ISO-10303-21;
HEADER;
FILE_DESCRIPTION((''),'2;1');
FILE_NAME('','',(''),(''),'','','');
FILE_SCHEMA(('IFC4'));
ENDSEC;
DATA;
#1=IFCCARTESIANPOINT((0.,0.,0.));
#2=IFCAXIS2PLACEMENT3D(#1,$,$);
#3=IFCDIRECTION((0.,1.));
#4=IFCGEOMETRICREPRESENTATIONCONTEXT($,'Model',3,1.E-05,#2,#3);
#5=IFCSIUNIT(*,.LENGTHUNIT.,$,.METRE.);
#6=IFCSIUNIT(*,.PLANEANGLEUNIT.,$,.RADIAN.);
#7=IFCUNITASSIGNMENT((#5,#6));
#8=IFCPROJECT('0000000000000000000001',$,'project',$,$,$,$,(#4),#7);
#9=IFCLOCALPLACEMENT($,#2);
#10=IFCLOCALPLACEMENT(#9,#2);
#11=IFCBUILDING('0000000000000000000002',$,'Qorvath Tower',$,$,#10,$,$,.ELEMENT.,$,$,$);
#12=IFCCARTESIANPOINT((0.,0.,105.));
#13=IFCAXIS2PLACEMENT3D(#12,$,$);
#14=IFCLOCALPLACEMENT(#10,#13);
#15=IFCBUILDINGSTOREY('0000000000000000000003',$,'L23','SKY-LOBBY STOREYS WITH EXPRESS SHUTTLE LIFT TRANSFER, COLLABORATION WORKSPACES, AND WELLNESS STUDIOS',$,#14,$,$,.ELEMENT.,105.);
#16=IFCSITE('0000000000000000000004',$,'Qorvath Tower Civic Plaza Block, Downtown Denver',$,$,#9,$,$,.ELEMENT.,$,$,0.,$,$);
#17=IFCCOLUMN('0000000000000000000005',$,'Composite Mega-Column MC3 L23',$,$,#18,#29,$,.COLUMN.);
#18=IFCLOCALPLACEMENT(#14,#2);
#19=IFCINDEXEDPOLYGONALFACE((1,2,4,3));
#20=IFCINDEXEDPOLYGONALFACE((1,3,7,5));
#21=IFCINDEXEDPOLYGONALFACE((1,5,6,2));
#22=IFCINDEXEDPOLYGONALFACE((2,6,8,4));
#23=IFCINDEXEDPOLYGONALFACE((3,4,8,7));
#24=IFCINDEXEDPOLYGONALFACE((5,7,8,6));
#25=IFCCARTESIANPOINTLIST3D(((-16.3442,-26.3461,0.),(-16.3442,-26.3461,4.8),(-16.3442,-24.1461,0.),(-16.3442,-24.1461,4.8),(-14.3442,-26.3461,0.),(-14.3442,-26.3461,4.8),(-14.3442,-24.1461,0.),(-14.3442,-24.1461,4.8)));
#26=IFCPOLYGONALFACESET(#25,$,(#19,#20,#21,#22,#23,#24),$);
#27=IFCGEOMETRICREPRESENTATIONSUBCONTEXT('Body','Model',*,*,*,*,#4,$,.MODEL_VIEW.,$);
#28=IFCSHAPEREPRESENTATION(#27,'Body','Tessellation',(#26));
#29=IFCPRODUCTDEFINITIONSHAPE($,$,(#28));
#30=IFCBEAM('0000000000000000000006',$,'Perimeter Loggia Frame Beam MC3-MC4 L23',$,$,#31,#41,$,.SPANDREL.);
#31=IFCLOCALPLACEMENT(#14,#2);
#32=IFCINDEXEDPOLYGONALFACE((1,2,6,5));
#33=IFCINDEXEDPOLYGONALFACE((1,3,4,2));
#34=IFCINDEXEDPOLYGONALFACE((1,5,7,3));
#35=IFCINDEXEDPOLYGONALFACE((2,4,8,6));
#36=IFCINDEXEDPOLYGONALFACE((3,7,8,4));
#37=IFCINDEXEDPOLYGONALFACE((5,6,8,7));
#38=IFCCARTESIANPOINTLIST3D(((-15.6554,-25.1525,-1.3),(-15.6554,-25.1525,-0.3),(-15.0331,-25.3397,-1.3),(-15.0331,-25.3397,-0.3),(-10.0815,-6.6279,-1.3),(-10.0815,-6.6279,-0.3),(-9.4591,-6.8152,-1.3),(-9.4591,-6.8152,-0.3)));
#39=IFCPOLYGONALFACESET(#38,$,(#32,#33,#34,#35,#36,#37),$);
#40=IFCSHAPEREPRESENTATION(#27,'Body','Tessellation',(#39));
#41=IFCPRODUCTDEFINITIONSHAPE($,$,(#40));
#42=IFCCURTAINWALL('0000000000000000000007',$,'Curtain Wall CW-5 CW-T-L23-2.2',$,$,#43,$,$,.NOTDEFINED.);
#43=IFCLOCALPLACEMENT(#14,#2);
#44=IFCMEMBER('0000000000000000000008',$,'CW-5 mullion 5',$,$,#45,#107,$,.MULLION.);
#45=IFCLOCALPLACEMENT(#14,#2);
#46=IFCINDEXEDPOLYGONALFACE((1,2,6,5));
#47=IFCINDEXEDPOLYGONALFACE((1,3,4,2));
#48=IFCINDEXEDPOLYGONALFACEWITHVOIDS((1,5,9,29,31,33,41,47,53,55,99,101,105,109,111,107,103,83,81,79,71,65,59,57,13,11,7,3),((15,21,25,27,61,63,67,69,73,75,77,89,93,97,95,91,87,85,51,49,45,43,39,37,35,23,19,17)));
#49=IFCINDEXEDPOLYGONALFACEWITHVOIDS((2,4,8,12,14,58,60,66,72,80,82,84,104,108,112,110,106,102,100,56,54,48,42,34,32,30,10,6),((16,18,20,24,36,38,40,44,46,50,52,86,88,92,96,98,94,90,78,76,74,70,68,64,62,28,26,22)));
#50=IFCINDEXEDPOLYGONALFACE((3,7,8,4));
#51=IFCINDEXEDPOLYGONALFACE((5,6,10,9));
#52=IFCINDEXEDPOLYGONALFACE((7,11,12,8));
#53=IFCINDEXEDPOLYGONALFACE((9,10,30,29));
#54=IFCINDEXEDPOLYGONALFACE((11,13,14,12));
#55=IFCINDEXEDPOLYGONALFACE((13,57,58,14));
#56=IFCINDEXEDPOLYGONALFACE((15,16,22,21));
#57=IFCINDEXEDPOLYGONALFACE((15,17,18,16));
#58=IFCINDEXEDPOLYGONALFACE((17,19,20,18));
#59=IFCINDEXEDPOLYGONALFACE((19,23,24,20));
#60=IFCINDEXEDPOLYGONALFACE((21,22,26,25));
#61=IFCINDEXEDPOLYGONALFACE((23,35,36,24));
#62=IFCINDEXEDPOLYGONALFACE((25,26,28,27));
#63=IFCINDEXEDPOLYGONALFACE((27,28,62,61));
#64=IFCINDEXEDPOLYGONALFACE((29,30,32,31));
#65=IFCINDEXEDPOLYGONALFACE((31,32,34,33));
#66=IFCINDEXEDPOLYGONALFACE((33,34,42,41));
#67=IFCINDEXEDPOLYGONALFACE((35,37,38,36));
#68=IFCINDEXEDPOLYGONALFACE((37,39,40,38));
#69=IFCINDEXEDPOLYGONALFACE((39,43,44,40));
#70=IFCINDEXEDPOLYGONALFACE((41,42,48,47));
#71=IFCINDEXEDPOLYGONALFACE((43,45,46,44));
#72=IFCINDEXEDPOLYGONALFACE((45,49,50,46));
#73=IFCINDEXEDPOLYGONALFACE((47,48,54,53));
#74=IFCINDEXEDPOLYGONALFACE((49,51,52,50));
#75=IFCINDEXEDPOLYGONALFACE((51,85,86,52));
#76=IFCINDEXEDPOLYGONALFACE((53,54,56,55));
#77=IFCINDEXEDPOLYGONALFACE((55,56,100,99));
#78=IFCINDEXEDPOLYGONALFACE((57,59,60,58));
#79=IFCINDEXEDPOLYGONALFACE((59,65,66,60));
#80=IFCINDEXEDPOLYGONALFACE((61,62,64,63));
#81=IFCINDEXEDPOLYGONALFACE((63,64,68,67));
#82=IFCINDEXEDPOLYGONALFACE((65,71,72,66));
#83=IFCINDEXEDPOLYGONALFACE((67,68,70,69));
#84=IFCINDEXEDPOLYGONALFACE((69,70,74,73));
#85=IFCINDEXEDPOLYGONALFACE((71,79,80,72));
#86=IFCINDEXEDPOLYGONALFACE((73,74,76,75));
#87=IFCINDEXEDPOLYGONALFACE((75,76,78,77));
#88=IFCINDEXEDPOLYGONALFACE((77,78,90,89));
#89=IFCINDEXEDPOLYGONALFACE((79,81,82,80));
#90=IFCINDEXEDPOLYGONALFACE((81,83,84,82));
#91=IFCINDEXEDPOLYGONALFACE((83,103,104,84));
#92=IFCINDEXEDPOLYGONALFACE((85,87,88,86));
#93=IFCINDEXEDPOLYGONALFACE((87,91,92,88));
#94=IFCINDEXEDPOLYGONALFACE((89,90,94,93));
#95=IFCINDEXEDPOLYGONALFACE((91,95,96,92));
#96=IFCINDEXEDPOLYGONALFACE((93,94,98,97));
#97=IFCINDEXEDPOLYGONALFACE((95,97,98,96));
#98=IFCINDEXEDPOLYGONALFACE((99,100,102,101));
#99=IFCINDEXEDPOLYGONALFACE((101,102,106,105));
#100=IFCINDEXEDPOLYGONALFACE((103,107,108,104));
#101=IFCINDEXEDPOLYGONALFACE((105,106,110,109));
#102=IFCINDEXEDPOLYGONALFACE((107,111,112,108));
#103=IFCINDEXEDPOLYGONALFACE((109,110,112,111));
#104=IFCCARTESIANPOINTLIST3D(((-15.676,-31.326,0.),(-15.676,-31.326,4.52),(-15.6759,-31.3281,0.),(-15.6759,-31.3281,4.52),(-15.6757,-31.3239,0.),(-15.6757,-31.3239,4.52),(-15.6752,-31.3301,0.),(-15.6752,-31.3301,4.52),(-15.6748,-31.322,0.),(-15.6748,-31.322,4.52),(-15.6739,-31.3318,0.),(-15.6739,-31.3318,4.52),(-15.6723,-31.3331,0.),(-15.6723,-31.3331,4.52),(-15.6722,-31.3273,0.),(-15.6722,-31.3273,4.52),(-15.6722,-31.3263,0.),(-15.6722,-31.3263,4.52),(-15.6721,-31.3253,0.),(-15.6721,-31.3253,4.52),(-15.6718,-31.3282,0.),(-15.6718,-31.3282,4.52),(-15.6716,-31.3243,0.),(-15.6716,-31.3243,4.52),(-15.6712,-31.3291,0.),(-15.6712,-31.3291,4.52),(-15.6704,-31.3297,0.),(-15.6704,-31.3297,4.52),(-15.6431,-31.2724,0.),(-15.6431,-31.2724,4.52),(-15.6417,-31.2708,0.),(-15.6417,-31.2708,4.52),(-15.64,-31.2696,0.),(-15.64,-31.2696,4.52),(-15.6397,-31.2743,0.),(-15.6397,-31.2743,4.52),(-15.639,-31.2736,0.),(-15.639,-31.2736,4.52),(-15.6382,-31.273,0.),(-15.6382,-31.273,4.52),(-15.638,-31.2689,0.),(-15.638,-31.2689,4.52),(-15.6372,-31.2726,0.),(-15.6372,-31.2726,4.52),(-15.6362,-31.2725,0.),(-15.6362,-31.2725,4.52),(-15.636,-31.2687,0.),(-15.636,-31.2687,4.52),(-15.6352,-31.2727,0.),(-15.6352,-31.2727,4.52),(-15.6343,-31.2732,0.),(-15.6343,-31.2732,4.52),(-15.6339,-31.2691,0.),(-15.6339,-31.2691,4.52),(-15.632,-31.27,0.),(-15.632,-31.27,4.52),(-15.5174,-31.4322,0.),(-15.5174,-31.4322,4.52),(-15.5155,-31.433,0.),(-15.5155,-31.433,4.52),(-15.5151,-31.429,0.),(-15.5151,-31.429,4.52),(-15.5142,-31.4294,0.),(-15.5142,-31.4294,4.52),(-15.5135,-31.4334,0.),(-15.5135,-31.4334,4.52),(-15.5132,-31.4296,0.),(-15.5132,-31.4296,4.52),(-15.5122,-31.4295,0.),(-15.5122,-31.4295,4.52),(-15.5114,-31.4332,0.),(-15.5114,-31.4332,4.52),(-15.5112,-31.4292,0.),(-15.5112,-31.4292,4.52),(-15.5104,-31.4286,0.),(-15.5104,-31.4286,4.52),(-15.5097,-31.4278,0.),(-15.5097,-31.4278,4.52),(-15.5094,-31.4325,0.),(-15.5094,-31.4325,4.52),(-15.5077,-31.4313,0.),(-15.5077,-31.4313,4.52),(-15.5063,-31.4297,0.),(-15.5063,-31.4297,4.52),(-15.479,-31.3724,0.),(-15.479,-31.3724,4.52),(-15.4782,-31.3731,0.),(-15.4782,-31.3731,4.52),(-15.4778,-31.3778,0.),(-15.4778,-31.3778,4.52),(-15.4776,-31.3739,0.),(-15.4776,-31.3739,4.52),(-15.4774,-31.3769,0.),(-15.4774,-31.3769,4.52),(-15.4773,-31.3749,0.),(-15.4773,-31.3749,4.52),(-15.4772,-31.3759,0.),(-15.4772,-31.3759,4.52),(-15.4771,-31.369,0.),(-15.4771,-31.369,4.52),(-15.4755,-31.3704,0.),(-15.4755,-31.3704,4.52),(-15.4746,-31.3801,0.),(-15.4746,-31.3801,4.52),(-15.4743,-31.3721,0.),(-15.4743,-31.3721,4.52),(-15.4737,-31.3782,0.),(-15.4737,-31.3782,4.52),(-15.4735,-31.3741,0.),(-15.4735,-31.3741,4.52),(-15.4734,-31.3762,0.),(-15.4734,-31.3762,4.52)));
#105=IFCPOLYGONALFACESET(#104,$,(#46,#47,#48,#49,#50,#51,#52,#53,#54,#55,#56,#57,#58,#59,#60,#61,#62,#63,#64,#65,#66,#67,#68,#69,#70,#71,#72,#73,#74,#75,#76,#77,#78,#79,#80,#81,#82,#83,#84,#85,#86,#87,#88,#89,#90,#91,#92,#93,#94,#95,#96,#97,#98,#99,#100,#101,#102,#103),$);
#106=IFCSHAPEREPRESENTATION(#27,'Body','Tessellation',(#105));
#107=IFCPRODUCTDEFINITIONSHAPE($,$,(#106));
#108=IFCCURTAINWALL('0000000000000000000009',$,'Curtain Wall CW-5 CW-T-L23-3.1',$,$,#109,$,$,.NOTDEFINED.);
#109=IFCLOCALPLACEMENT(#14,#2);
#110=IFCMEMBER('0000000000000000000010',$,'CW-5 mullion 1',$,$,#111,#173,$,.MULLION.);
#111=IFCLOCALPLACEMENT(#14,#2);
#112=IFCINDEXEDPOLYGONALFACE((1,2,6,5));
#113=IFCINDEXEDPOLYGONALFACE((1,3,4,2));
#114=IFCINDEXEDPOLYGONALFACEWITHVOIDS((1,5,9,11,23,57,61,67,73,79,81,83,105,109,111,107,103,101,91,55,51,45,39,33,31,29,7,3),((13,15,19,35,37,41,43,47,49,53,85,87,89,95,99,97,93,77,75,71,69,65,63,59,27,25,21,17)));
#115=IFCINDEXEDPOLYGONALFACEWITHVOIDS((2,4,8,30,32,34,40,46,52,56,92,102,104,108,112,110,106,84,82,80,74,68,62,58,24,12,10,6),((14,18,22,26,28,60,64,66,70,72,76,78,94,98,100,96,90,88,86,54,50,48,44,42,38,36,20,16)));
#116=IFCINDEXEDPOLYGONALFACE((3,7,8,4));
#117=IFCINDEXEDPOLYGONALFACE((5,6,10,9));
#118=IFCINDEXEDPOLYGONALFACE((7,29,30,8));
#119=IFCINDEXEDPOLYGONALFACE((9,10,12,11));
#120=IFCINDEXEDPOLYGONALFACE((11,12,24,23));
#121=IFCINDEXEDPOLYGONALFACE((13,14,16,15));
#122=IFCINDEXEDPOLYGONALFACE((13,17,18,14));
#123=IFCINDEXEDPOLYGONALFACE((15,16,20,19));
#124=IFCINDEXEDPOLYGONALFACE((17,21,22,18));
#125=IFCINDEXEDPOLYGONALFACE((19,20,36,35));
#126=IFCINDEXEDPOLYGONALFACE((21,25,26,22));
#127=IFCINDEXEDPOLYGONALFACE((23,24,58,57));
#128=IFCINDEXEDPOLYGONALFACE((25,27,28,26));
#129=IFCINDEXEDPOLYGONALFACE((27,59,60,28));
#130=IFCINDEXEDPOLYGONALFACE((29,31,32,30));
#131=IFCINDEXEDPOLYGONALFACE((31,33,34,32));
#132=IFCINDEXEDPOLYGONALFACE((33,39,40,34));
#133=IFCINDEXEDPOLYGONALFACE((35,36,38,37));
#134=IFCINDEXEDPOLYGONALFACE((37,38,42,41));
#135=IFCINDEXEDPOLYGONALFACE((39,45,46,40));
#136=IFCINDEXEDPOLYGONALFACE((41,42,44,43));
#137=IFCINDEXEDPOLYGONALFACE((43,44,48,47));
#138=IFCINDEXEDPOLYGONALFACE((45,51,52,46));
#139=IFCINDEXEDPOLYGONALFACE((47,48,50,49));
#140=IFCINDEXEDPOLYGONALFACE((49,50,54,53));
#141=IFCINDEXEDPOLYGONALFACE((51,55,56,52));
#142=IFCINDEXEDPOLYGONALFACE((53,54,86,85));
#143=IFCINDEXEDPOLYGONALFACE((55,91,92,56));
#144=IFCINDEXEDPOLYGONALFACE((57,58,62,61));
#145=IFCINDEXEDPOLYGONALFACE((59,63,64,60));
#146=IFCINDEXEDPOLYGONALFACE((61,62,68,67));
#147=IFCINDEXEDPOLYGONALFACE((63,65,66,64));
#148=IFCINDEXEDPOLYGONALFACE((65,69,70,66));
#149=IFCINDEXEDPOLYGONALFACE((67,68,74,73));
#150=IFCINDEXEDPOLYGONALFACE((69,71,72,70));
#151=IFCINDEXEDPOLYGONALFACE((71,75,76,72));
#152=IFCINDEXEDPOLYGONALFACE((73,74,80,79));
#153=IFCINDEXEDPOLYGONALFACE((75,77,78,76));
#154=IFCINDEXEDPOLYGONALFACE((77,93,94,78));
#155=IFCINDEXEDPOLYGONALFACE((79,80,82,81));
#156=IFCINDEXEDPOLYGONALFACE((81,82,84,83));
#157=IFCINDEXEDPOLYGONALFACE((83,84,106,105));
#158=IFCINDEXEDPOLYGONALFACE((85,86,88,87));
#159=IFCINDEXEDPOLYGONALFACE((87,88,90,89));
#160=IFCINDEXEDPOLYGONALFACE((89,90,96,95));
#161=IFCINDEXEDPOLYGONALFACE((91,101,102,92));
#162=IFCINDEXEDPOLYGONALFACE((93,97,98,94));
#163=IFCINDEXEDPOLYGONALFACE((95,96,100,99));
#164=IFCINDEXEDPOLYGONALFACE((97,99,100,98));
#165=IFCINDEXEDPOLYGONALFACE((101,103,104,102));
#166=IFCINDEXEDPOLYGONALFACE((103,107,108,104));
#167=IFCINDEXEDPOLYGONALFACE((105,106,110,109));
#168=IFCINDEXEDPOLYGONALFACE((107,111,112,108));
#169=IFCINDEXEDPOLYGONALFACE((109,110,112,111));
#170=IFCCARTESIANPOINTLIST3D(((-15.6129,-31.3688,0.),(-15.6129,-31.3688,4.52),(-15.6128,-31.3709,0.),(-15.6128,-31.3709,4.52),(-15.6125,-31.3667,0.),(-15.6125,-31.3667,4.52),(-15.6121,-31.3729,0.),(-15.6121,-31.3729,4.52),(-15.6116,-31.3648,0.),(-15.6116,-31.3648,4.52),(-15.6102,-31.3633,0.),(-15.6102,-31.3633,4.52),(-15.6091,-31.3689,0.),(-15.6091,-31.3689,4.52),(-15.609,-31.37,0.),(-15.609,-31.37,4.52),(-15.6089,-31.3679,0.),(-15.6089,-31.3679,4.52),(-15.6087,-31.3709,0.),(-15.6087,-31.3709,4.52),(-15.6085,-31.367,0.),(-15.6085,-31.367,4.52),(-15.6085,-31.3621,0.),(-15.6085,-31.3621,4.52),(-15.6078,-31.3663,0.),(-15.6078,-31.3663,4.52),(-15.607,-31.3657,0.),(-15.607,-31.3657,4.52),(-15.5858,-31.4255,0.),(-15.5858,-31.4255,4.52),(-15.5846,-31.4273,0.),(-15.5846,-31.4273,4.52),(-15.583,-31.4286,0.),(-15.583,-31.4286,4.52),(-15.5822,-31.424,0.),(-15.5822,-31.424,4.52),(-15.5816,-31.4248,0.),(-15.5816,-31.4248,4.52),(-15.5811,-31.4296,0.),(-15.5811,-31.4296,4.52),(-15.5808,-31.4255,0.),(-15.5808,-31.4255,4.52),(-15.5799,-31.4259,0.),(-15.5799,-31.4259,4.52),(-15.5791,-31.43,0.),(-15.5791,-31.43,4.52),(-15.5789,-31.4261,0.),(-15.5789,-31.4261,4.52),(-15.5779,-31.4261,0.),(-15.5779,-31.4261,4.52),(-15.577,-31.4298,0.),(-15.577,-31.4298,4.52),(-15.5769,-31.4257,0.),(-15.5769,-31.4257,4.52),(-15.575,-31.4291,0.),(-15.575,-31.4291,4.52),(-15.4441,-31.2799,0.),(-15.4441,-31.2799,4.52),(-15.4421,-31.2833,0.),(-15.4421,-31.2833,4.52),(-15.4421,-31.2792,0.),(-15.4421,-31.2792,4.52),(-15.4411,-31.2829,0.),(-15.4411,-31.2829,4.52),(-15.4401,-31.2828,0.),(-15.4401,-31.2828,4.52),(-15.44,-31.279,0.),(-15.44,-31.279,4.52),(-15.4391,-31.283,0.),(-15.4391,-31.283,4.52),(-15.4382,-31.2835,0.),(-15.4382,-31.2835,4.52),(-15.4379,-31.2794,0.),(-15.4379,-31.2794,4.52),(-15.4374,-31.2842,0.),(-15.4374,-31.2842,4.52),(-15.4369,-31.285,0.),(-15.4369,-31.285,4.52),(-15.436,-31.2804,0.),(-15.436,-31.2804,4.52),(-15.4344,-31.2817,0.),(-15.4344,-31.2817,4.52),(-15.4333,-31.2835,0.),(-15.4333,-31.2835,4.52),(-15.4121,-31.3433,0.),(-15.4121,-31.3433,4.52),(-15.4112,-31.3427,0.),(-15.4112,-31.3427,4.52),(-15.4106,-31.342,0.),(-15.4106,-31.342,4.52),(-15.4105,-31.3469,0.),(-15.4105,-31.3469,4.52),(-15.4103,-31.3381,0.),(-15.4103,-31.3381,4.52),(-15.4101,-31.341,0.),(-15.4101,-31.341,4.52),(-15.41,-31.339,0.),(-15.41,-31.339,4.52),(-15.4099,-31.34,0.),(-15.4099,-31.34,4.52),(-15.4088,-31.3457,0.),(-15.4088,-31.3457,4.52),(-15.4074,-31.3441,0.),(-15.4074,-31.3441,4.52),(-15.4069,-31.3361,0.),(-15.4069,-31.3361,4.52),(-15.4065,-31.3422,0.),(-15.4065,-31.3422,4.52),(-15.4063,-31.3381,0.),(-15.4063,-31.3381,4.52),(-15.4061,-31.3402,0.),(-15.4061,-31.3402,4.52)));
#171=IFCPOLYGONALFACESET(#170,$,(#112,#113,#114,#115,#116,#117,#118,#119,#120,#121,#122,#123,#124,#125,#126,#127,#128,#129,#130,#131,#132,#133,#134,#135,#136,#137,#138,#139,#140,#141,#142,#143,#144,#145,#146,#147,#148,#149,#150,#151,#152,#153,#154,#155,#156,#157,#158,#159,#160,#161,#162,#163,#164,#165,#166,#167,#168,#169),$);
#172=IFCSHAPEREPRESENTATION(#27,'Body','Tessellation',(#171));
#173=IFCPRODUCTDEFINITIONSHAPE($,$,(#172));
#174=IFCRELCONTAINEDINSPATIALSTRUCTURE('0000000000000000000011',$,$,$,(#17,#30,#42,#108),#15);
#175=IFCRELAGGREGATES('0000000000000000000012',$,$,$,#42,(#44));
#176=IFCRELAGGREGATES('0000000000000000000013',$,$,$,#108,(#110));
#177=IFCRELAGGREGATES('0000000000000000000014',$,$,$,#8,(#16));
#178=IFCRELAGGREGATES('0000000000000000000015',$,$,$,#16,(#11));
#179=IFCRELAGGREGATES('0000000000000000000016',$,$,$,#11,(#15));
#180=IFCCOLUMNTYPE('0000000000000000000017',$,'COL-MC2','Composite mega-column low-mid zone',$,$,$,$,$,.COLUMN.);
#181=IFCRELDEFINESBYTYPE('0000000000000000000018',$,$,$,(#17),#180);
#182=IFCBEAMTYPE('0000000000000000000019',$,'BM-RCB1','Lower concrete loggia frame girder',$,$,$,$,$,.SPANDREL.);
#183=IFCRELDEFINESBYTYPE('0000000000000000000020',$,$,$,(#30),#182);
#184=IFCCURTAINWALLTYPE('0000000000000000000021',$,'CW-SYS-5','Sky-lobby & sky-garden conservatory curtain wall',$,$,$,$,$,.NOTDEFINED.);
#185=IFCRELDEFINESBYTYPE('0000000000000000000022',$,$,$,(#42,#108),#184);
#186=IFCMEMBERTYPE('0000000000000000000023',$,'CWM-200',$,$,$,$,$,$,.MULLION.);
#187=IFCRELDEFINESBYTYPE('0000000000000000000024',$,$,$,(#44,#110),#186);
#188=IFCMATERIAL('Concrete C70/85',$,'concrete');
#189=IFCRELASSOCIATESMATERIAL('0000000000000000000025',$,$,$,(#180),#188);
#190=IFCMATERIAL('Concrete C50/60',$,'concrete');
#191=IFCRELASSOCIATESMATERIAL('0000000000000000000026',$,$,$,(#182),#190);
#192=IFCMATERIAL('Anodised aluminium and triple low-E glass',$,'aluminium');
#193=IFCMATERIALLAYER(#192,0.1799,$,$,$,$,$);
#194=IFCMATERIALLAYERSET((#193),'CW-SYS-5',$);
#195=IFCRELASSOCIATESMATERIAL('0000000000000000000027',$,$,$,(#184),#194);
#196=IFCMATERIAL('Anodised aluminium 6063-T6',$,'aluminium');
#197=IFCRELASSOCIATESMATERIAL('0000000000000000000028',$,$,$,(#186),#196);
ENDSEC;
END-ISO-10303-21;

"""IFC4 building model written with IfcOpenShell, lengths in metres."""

from ifc_helpers import new_model, si_unit, direction, frame, origin, origin_2d, place, context, subcontext, project, spatial, rectangle, hollow_rectangle, extrude, material, layer, layer_set, material_profile, profile_set, type_object, element, aggregate, save


model = new_model("IFC4")

# Units and contexts
model_context = context("Model", 3, precision=1e-05, world=origin(), true_north=direction((0.0, 1.0)))
body_context = subcontext(model_context, "Body", "Model", "MODEL_VIEW")
ifc_project = project(units=[si_unit("LENGTHUNIT", "METRE"), si_unit("PLANEANGLEUNIT", "RADIAN")], contexts=[model_context])

# Site, building, storey
site_placement = place(None, origin())
site = spatial("IfcSite", under=ifc_project, at=site_placement, Name="Qorvath Tower Civic Plaza Block, Downtown Denver", CompositionType="ELEMENT", RefElevation=0.0)
building_placement = place(site_placement, origin())
building = spatial("IfcBuilding", under=site, at=building_placement, Name="Qorvath Tower", CompositionType="ELEMENT")
storey_placement = place(building_placement, frame((0.0, 0.0, 105.0)))
storey = spatial("IfcBuildingStorey", under=building, at=storey_placement, Name="L23", Description="SKY-LOBBY STOREYS WITH EXPRESS SHUTTLE LIFT TRANSFER, COLLABORATION WORKSPACES, AND WELLNESS STUDIOS", CompositionType="ELEMENT", Elevation=105.0)

# Column
ifc_material_1 = material(Name="Concrete C70/85", Category="concrete")
ifc_material_profile_1 = material_profile(ifc_material_1, rectangle(XDim=2.0, YDim=2.2, at=origin_2d()), Name="MC 2200x2000")
ifc_profile_set_1 = profile_set([ifc_material_profile_1], Name="Concrete C70/85")
column_type = type_object("IfcColumnType", Name="COL-MC2", Description="Composite mega-column low-mid zone", PredefinedType="COLUMN", material=ifc_profile_set_1)
column_placement = place(storey_placement, frame((-15.3442, -25.2461, 0.0), z_axis=(0.0, 0.0, 1.0), x_axis=(1.0, 0.0, 0.0)))
element("IfcColumn", 1, at=column_placement, inside=storey, type_object=column_type, Name="Composite Mega-Column MC3 L23", PredefinedType="COLUMN", context=body_context, shape_type="SweptSolid", body=[
    extrude(rectangle(XDim=2.0, YDim=2.2, at=origin_2d()), origin(), (0.0, 0.0, 1.0), 4.8),
])

# Beam
ifc_material_2 = material(Name="Concrete C50/60", Category="concrete")
ifc_material_profile_2 = material_profile(ifc_material_2, rectangle(XDim=0.6499, YDim=1.0, at=origin_2d()), Name="RCB 1000x650")
ifc_profile_set_2 = profile_set([ifc_material_profile_2], Name="Concrete C50/60")
beam_type = type_object("IfcBeamType", Name="BM-RCB1", Description="Lower concrete loggia frame girder", PredefinedType="SPANDREL", material=ifc_profile_set_2)
beam_placement = place(storey_placement, frame((-15.3442, -25.2461, -0.8), z_axis=(0.288134, 0.95759, 0.0), x_axis=(-0.95759, 0.288134, 0.0)))
element("IfcBeam", 2, at=beam_placement, inside=storey, type_object=beam_type, Name="Perimeter Loggia Frame Beam MC3-MC4 L23", PredefinedType="SPANDREL", context=body_context, shape_type="SweptSolid", body=[
    extrude(rectangle(XDim=0.6499, YDim=1.0, at=origin_2d()), origin(), (0.0, 0.0, 1.0), 19.345),
])

# Curtain wall, member
ifc_material_3 = material(Name="Anodised aluminium and triple low-E glass", Category="aluminium")
ifc_layer_1 = layer(ifc_material_3, 0.1799)
ifc_layer_set_1 = layer_set([ifc_layer_1], Name="CW-SYS-5")
curtain_wall_type = type_object("IfcCurtainWallType", Name="CW-SYS-5", Description="Sky-lobby & sky-garden conservatory curtain wall", PredefinedType="NOTDEFINED", material=ifc_layer_set_1)
curtain_wall_1_placement = place(storey_placement, origin())
curtain_wall_1 = element("IfcCurtainWall", 3, at=curtain_wall_1_placement, inside=storey, type_object=curtain_wall_type, Name="Curtain Wall CW-5 CW-T-L23-2.2", PredefinedType="NOTDEFINED")
ifc_material_4 = material(Name="Anodised aluminium 6063-T6", Category="aluminium")
ifc_material_profile_3 = material_profile(ifc_material_4, hollow_rectangle(XDim=0.075, YDim=0.2, WallThickness=0.0039, InnerFilletRadius=0.0039, OuterFilletRadius=0.0081, at=origin_2d()), Name="CWM 200x75")
ifc_profile_set_3 = profile_set([ifc_material_profile_3], Name="Anodised aluminium 6063-T6")
member_type_1 = type_object("IfcMemberType", Name="CWM-200", PredefinedType="MULLION", material=ifc_profile_set_3)
member_1_placement = place(storey_placement, frame((-15.5747, -31.3511, 0.0), z_axis=(0.0, 0.0, 1.0), x_axis=(0.53854, 0.8426, 0.0)))
member_1 = element("IfcMember", 4, at=member_1_placement, type_object=member_type_1, Name="CW-5 mullion 5", PredefinedType="MULLION", context=body_context, shape_type="SweptSolid", body=[
    extrude(hollow_rectangle(XDim=0.075, YDim=0.2, WallThickness=0.0039, InnerFilletRadius=0.0039, OuterFilletRadius=0.0081, at=origin_2d()), origin(), (0.0, 0.0, 1.0), 4.52),
])

# Curtain wall, member
curtain_wall_2_placement = place(storey_placement, origin())
curtain_wall_2 = element("IfcCurtainWall", 5, at=curtain_wall_2_placement, inside=storey, type_object=curtain_wall_type, Name="Curtain Wall CW-5 CW-T-L23-3.1", PredefinedType="NOTDEFINED")
member_2_placement = place(storey_placement, frame((-15.5095, -31.3545, 0.0), z_axis=(0.0, 0.0, 1.0), x_axis=(-0.44719, 0.894439, 0.0)))
member_2 = element("IfcMember", 6, at=member_2_placement, type_object=member_type_1, Name="CW-5 mullion 1", PredefinedType="MULLION", context=body_context, shape_type="SweptSolid", body=[
    extrude(hollow_rectangle(XDim=0.075, YDim=0.2, WallThickness=0.0039, InnerFilletRadius=0.0039, OuterFilletRadius=0.0081, at=origin_2d()), origin(), (0.0, 0.0, 1.0), 4.52),
])

aggregate(curtain_wall_1, [member_1])
aggregate(curtain_wall_2, [member_2])

save(model, "model.ifc")
